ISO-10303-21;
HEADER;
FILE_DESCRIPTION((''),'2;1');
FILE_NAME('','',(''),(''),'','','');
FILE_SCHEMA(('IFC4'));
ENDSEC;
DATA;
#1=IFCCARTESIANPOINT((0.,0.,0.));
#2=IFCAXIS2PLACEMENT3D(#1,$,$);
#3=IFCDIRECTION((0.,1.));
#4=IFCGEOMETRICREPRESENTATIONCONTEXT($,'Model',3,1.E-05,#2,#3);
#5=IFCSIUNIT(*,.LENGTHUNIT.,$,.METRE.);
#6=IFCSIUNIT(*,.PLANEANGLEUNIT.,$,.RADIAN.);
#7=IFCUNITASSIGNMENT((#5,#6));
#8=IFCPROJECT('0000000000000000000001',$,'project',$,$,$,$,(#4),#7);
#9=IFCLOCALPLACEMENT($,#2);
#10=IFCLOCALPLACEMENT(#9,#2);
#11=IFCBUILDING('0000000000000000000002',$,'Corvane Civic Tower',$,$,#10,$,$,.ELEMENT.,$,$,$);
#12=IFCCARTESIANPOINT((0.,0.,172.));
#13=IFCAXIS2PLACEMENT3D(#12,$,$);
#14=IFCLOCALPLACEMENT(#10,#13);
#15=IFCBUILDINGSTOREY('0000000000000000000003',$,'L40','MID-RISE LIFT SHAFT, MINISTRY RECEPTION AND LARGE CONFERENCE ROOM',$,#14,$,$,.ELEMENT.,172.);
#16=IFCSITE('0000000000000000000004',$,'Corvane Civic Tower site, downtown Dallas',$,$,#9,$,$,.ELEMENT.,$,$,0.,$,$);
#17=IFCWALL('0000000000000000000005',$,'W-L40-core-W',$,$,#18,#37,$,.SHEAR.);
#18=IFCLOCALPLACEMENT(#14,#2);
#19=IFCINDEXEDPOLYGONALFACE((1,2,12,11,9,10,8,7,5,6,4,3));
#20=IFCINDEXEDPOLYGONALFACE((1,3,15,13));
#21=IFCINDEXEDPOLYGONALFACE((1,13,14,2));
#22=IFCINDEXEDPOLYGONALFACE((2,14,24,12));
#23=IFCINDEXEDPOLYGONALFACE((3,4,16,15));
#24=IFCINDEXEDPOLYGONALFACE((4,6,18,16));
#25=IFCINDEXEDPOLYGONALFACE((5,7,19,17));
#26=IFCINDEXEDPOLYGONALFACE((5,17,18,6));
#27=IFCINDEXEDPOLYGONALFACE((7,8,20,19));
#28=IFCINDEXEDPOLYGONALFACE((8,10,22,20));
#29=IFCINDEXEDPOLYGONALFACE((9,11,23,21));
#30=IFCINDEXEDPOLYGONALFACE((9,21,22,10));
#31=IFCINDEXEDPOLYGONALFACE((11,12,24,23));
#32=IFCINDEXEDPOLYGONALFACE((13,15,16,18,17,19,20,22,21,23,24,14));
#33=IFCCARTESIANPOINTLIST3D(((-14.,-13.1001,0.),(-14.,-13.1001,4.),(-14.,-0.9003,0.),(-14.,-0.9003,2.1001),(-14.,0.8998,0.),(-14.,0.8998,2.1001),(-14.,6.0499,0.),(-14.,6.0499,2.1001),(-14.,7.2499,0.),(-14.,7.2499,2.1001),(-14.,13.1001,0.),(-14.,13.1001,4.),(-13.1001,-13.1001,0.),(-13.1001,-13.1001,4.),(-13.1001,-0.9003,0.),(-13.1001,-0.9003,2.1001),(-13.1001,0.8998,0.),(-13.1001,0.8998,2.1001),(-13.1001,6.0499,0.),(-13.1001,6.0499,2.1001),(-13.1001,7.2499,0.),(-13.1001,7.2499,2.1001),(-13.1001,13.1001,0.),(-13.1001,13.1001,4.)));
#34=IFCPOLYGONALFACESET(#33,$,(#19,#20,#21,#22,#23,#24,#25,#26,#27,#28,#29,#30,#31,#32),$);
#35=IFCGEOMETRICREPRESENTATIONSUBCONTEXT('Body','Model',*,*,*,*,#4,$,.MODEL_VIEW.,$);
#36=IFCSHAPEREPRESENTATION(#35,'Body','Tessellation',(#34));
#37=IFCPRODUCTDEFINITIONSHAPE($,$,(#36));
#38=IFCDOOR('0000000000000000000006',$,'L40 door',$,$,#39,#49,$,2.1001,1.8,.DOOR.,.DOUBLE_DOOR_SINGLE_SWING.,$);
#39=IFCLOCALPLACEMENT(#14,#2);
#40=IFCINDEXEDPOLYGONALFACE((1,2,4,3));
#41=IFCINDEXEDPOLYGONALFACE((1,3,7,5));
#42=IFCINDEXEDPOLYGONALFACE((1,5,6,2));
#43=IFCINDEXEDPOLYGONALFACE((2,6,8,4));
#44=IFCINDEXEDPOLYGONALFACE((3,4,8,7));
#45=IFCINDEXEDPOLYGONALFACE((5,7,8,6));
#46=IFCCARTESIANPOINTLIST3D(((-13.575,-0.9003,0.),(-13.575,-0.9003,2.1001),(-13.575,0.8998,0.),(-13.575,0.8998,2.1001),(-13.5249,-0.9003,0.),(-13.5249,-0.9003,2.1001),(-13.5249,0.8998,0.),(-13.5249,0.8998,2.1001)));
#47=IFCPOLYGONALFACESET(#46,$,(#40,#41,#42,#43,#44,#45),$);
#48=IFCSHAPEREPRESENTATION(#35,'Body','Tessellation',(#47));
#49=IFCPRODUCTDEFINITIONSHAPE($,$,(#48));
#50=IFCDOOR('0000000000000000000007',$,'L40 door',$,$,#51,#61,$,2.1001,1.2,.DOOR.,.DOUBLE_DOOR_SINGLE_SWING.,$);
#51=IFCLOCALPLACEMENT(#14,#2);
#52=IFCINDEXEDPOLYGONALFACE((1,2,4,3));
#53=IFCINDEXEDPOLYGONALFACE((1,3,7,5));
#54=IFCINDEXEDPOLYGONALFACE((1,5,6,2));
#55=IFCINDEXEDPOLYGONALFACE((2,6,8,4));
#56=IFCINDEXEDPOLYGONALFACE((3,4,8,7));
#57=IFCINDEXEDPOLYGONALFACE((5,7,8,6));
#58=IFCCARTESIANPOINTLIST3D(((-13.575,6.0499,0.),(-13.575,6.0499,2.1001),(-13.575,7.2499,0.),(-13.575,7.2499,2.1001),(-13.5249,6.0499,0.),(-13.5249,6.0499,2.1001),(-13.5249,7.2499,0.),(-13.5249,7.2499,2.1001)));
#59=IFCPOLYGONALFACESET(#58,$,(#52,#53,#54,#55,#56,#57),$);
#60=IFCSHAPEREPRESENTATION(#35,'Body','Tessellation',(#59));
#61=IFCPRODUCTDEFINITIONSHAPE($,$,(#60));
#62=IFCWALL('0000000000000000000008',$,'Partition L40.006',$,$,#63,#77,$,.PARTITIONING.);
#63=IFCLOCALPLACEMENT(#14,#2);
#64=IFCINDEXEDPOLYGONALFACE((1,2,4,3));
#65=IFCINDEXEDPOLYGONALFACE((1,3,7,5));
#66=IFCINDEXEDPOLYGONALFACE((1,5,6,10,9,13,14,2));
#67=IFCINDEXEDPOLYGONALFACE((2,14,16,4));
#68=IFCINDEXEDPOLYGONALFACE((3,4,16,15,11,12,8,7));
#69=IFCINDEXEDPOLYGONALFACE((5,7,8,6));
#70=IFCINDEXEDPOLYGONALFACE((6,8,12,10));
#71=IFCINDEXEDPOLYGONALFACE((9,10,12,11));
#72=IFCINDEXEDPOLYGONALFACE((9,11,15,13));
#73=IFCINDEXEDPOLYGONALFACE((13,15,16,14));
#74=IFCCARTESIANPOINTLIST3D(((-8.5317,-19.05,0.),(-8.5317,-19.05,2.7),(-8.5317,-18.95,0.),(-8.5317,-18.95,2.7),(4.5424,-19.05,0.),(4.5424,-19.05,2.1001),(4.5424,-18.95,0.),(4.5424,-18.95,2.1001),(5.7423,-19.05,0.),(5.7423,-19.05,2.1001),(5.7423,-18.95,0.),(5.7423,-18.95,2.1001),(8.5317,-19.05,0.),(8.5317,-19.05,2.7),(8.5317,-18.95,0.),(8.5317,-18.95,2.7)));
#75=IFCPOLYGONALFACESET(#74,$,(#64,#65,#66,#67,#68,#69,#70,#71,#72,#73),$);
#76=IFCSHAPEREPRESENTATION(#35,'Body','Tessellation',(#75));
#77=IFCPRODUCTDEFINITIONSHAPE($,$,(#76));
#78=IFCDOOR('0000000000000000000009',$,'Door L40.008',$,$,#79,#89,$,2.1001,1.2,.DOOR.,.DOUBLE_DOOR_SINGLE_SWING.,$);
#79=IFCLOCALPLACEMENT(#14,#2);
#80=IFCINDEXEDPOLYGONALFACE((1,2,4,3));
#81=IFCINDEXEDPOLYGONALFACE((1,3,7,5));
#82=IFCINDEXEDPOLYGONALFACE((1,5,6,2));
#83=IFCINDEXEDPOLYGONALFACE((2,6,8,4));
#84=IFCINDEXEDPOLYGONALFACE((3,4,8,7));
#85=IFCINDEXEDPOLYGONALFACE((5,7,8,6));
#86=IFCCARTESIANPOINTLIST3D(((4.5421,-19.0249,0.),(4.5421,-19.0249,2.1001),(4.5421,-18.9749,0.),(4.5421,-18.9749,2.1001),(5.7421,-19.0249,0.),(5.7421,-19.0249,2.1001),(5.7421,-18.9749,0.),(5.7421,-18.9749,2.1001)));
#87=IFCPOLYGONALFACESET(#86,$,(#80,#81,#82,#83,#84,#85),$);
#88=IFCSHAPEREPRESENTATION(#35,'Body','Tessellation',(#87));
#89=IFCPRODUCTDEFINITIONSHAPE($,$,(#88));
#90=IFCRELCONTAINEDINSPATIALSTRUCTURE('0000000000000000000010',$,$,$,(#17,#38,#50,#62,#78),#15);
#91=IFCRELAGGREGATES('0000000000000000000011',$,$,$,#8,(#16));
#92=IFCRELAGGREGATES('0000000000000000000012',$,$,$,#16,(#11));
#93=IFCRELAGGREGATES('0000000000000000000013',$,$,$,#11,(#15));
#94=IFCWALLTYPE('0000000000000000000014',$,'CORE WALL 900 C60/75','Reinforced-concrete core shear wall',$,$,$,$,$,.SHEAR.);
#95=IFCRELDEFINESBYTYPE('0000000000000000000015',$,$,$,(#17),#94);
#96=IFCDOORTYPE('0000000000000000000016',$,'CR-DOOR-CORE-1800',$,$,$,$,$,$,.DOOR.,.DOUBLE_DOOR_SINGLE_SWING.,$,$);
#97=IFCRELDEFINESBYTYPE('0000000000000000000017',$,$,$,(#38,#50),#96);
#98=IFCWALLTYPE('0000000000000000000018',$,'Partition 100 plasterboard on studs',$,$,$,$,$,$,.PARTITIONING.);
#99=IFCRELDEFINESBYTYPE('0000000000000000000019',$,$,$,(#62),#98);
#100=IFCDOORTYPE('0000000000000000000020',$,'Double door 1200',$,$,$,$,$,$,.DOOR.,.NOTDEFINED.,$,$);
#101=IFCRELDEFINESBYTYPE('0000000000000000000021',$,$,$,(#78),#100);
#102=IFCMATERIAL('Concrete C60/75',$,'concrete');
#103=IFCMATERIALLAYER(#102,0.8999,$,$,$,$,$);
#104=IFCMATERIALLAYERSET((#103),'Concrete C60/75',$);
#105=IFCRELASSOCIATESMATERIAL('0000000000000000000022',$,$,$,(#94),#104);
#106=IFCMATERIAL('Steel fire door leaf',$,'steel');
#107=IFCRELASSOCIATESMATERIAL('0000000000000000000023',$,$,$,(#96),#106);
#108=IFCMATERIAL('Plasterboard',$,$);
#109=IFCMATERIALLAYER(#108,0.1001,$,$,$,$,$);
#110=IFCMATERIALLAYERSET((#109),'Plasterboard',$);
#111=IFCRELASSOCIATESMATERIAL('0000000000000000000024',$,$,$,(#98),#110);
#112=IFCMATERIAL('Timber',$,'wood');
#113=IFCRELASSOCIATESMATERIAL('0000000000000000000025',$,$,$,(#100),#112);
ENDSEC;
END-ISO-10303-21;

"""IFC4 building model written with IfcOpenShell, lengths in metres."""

from ifc_helpers import new_model, si_unit, direction, frame, frame_2d, origin, place, context, subcontext, project, spatial, rectangle, extrude, material, layer, layer_set, type_object, element, fill, save


model = new_model("IFC4")

# Units and contexts
model_context = context("Model", 3, precision=1e-05, world=origin(), true_north=direction((0.0, 1.0)))
body_context = subcontext(model_context, "Body", "Model", "MODEL_VIEW")
ifc_project = project(units=[si_unit("LENGTHUNIT", "METRE"), si_unit("PLANEANGLEUNIT", "RADIAN")], contexts=[model_context])

# Site, building, storey
site_placement = place(None, origin())
site = spatial("IfcSite", under=ifc_project, at=site_placement, Name="Corvane Civic Tower site, downtown Dallas", CompositionType="ELEMENT", RefElevation=0.0)
building_placement = place(site_placement, origin())
building = spatial("IfcBuilding", under=site, at=building_placement, Name="Corvane Civic Tower", CompositionType="ELEMENT")
storey_placement = place(building_placement, frame((0.0, 0.0, 172.0)))
storey = spatial("IfcBuildingStorey", under=building, at=storey_placement, Name="L40", Description="MID-RISE LIFT SHAFT, MINISTRY RECEPTION AND LARGE CONFERENCE ROOM", CompositionType="ELEMENT", Elevation=172.0)

# Shared definitions
ifc_material_1 = material(Name="Concrete C60/75", Category="concrete")
ifc_layer_1 = layer(ifc_material_1, 0.8999)
ifc_layer_set_1 = layer_set([ifc_layer_1], Name="Concrete C60/75")
wall_type_1 = type_object("IfcWallType", Name="CORE WALL 900 C60/75", Description="Reinforced-concrete core shear wall", PredefinedType="SHEAR", material=ifc_layer_set_1)

# Wall, openings, doors
wall_1_placement = place(storey_placement, frame((-13.55, -13.1001, 0.0), z_axis=(0.0, 0.0, 1.0), x_axis=(0.0, 1.0, 0.0)))
wall_1 = element("IfcWall", 1, at=wall_1_placement, inside=storey, type_object=wall_type_1, Name="W-L40-core-W", PredefinedType="SHEAR", context=body_context, shape_type="SweptSolid", body=[
    extrude(rectangle(XDim=26.2002, YDim=0.8999, at=frame_2d((13.1001, 0.0))), origin(), (0.0, 0.0, 1.0), 4.0),
])
opening_1_placement = place(wall_1_placement, frame((12.2, 0.0, 0.0)))
opening_1 = element("IfcOpeningElement", 2, at=opening_1_placement, cuts=wall_1, PredefinedType="OPENING", context=body_context, shape_type="SweptSolid", body=[
    extrude(rectangle(XDim=1.8, YDim=2.1001, at=frame_2d((0.8999, 1.05))), frame((0.0, 0.46, 0.0), z_axis=(0.0, -1.0, 0.0), x_axis=(1.0, 0.0, 0.0)), (0.0, 0.0, 1.0), 0.9199),
])
opening_2_placement = place(wall_1_placement, frame((19.1499, 0.0, 0.0)))
opening_2 = element("IfcOpeningElement", 3, at=opening_2_placement, cuts=wall_1, PredefinedType="OPENING", context=body_context, shape_type="SweptSolid", body=[
    extrude(rectangle(XDim=1.2, YDim=2.1001, at=frame_2d((0.6001, 1.05))), frame((0.0, 0.46, 0.0), z_axis=(0.0, -1.0, 0.0), x_axis=(1.0, 0.0, 0.0)), (0.0, 0.0, 1.0), 0.9199),
])
ifc_material_2 = material(Name="Steel fire door leaf", Category="steel")
door_type_1 = type_object("IfcDoorType", Name="CR-DOOR-CORE-1800", OperationType="DOUBLE_DOOR_SINGLE_SWING", PredefinedType="DOOR", material=ifc_material_2)
door_1_placement = place(opening_1_placement, origin())
door_1 = element("IfcDoor", 4, at=door_1_placement, inside=storey, type_object=door_type_1, Name="L40 door", OperationType="DOUBLE_DOOR_SINGLE_SWING", OverallHeight=2.1001, OverallWidth=1.8, PredefinedType="DOOR", context=body_context, shape_type="SweptSolid", body=[
    extrude(rectangle(XDim=1.8, YDim=2.1001, at=frame_2d((0.8999, 1.05))), frame((0.0, 0.0249, 0.0), z_axis=(0.0, -1.0, 0.0), x_axis=(1.0, 0.0, 0.0)), (0.0, 0.0, 1.0), 0.05),
])
fill(opening_1, door_1)
door_2_placement = place(opening_2_placement, origin())
door_2 = element("IfcDoor", 5, at=door_2_placement, inside=storey, type_object=door_type_1, Name="L40 door", OperationType="DOUBLE_DOOR_SINGLE_SWING", OverallHeight=2.1001, OverallWidth=1.2, PredefinedType="DOOR", context=body_context, shape_type="SweptSolid", body=[
    extrude(rectangle(XDim=1.2, YDim=2.1001, at=frame_2d((0.6001, 1.05))), frame((0.0, 0.0249, 0.0), z_axis=(0.0, -1.0, 0.0), x_axis=(1.0, 0.0, 0.0)), (0.0, 0.0, 1.0), 0.05),
])
fill(opening_2, door_2)

# Wall, opening, door
ifc_material_3 = material(Name="Plasterboard")
ifc_layer_2 = layer(ifc_material_3, 0.1001)
ifc_layer_set_2 = layer_set([ifc_layer_2], Name="Plasterboard")
wall_type_2 = type_object("IfcWallType", Name="Partition 100 plasterboard on studs", PredefinedType="PARTITIONING", material=ifc_layer_set_2)
wall_2_placement = place(storey_placement, frame((-8.5317, -19.0, 0.0), z_axis=(0.0, 0.0, 1.0), x_axis=(1.0, 0.0, 0.0)))
wall_2 = element("IfcWall", 6, at=wall_2_placement, inside=storey, type_object=wall_type_2, Name="Partition L40.006", PredefinedType="PARTITIONING", context=body_context, shape_type="SweptSolid", body=[
    extrude(rectangle(XDim=17.0635, YDim=0.1001, at=frame_2d((8.5317, 0.0))), origin(), (0.0, 0.0, 1.0), 2.7),
])
opening_3_placement = place(wall_2_placement, frame((13.074, 0.0, 0.0)))
opening_3 = element("IfcOpeningElement", 7, at=opening_3_placement, cuts=wall_2, PredefinedType="OPENING", context=body_context, shape_type="SweptSolid", body=[
    extrude(rectangle(XDim=1.2, YDim=2.1001, at=frame_2d((0.6001, 1.05))), frame((0.0, 0.0601, 0.0), z_axis=(0.0, -1.0, 0.0), x_axis=(1.0, 0.0, 0.0)), (0.0, 0.0, 1.0), 0.1201),
])
ifc_material_4 = material(Name="Timber", Category="wood")
door_type_2 = type_object("IfcDoorType", Name="Double door 1200", OperationType="NOTDEFINED", PredefinedType="DOOR", material=ifc_material_4)
door_3_placement = place(opening_3_placement, frame((1.2, 0.0, 0.0), z_axis=(0.0, 0.0, 1.0), x_axis=(-1.0, 0.0, 0.0)))
door_3 = element("IfcDoor", 8, at=door_3_placement, inside=storey, type_object=door_type_2, Name="Door L40.008", OperationType="DOUBLE_DOOR_SINGLE_SWING", OverallHeight=2.1001, OverallWidth=1.2, PredefinedType="DOOR", context=body_context, shape_type="SweptSolid", body=[
    extrude(rectangle(XDim=1.2, YDim=2.1001, at=frame_2d((0.6001, 1.05))), frame((0.0, 0.0249, 0.0), z_axis=(0.0, -1.0, 0.0), x_axis=(1.0, 0.0, 0.0)), (0.0, 0.0, 1.0), 0.05),
])
fill(opening_3, door_3)

save(model, "model.ifc")
